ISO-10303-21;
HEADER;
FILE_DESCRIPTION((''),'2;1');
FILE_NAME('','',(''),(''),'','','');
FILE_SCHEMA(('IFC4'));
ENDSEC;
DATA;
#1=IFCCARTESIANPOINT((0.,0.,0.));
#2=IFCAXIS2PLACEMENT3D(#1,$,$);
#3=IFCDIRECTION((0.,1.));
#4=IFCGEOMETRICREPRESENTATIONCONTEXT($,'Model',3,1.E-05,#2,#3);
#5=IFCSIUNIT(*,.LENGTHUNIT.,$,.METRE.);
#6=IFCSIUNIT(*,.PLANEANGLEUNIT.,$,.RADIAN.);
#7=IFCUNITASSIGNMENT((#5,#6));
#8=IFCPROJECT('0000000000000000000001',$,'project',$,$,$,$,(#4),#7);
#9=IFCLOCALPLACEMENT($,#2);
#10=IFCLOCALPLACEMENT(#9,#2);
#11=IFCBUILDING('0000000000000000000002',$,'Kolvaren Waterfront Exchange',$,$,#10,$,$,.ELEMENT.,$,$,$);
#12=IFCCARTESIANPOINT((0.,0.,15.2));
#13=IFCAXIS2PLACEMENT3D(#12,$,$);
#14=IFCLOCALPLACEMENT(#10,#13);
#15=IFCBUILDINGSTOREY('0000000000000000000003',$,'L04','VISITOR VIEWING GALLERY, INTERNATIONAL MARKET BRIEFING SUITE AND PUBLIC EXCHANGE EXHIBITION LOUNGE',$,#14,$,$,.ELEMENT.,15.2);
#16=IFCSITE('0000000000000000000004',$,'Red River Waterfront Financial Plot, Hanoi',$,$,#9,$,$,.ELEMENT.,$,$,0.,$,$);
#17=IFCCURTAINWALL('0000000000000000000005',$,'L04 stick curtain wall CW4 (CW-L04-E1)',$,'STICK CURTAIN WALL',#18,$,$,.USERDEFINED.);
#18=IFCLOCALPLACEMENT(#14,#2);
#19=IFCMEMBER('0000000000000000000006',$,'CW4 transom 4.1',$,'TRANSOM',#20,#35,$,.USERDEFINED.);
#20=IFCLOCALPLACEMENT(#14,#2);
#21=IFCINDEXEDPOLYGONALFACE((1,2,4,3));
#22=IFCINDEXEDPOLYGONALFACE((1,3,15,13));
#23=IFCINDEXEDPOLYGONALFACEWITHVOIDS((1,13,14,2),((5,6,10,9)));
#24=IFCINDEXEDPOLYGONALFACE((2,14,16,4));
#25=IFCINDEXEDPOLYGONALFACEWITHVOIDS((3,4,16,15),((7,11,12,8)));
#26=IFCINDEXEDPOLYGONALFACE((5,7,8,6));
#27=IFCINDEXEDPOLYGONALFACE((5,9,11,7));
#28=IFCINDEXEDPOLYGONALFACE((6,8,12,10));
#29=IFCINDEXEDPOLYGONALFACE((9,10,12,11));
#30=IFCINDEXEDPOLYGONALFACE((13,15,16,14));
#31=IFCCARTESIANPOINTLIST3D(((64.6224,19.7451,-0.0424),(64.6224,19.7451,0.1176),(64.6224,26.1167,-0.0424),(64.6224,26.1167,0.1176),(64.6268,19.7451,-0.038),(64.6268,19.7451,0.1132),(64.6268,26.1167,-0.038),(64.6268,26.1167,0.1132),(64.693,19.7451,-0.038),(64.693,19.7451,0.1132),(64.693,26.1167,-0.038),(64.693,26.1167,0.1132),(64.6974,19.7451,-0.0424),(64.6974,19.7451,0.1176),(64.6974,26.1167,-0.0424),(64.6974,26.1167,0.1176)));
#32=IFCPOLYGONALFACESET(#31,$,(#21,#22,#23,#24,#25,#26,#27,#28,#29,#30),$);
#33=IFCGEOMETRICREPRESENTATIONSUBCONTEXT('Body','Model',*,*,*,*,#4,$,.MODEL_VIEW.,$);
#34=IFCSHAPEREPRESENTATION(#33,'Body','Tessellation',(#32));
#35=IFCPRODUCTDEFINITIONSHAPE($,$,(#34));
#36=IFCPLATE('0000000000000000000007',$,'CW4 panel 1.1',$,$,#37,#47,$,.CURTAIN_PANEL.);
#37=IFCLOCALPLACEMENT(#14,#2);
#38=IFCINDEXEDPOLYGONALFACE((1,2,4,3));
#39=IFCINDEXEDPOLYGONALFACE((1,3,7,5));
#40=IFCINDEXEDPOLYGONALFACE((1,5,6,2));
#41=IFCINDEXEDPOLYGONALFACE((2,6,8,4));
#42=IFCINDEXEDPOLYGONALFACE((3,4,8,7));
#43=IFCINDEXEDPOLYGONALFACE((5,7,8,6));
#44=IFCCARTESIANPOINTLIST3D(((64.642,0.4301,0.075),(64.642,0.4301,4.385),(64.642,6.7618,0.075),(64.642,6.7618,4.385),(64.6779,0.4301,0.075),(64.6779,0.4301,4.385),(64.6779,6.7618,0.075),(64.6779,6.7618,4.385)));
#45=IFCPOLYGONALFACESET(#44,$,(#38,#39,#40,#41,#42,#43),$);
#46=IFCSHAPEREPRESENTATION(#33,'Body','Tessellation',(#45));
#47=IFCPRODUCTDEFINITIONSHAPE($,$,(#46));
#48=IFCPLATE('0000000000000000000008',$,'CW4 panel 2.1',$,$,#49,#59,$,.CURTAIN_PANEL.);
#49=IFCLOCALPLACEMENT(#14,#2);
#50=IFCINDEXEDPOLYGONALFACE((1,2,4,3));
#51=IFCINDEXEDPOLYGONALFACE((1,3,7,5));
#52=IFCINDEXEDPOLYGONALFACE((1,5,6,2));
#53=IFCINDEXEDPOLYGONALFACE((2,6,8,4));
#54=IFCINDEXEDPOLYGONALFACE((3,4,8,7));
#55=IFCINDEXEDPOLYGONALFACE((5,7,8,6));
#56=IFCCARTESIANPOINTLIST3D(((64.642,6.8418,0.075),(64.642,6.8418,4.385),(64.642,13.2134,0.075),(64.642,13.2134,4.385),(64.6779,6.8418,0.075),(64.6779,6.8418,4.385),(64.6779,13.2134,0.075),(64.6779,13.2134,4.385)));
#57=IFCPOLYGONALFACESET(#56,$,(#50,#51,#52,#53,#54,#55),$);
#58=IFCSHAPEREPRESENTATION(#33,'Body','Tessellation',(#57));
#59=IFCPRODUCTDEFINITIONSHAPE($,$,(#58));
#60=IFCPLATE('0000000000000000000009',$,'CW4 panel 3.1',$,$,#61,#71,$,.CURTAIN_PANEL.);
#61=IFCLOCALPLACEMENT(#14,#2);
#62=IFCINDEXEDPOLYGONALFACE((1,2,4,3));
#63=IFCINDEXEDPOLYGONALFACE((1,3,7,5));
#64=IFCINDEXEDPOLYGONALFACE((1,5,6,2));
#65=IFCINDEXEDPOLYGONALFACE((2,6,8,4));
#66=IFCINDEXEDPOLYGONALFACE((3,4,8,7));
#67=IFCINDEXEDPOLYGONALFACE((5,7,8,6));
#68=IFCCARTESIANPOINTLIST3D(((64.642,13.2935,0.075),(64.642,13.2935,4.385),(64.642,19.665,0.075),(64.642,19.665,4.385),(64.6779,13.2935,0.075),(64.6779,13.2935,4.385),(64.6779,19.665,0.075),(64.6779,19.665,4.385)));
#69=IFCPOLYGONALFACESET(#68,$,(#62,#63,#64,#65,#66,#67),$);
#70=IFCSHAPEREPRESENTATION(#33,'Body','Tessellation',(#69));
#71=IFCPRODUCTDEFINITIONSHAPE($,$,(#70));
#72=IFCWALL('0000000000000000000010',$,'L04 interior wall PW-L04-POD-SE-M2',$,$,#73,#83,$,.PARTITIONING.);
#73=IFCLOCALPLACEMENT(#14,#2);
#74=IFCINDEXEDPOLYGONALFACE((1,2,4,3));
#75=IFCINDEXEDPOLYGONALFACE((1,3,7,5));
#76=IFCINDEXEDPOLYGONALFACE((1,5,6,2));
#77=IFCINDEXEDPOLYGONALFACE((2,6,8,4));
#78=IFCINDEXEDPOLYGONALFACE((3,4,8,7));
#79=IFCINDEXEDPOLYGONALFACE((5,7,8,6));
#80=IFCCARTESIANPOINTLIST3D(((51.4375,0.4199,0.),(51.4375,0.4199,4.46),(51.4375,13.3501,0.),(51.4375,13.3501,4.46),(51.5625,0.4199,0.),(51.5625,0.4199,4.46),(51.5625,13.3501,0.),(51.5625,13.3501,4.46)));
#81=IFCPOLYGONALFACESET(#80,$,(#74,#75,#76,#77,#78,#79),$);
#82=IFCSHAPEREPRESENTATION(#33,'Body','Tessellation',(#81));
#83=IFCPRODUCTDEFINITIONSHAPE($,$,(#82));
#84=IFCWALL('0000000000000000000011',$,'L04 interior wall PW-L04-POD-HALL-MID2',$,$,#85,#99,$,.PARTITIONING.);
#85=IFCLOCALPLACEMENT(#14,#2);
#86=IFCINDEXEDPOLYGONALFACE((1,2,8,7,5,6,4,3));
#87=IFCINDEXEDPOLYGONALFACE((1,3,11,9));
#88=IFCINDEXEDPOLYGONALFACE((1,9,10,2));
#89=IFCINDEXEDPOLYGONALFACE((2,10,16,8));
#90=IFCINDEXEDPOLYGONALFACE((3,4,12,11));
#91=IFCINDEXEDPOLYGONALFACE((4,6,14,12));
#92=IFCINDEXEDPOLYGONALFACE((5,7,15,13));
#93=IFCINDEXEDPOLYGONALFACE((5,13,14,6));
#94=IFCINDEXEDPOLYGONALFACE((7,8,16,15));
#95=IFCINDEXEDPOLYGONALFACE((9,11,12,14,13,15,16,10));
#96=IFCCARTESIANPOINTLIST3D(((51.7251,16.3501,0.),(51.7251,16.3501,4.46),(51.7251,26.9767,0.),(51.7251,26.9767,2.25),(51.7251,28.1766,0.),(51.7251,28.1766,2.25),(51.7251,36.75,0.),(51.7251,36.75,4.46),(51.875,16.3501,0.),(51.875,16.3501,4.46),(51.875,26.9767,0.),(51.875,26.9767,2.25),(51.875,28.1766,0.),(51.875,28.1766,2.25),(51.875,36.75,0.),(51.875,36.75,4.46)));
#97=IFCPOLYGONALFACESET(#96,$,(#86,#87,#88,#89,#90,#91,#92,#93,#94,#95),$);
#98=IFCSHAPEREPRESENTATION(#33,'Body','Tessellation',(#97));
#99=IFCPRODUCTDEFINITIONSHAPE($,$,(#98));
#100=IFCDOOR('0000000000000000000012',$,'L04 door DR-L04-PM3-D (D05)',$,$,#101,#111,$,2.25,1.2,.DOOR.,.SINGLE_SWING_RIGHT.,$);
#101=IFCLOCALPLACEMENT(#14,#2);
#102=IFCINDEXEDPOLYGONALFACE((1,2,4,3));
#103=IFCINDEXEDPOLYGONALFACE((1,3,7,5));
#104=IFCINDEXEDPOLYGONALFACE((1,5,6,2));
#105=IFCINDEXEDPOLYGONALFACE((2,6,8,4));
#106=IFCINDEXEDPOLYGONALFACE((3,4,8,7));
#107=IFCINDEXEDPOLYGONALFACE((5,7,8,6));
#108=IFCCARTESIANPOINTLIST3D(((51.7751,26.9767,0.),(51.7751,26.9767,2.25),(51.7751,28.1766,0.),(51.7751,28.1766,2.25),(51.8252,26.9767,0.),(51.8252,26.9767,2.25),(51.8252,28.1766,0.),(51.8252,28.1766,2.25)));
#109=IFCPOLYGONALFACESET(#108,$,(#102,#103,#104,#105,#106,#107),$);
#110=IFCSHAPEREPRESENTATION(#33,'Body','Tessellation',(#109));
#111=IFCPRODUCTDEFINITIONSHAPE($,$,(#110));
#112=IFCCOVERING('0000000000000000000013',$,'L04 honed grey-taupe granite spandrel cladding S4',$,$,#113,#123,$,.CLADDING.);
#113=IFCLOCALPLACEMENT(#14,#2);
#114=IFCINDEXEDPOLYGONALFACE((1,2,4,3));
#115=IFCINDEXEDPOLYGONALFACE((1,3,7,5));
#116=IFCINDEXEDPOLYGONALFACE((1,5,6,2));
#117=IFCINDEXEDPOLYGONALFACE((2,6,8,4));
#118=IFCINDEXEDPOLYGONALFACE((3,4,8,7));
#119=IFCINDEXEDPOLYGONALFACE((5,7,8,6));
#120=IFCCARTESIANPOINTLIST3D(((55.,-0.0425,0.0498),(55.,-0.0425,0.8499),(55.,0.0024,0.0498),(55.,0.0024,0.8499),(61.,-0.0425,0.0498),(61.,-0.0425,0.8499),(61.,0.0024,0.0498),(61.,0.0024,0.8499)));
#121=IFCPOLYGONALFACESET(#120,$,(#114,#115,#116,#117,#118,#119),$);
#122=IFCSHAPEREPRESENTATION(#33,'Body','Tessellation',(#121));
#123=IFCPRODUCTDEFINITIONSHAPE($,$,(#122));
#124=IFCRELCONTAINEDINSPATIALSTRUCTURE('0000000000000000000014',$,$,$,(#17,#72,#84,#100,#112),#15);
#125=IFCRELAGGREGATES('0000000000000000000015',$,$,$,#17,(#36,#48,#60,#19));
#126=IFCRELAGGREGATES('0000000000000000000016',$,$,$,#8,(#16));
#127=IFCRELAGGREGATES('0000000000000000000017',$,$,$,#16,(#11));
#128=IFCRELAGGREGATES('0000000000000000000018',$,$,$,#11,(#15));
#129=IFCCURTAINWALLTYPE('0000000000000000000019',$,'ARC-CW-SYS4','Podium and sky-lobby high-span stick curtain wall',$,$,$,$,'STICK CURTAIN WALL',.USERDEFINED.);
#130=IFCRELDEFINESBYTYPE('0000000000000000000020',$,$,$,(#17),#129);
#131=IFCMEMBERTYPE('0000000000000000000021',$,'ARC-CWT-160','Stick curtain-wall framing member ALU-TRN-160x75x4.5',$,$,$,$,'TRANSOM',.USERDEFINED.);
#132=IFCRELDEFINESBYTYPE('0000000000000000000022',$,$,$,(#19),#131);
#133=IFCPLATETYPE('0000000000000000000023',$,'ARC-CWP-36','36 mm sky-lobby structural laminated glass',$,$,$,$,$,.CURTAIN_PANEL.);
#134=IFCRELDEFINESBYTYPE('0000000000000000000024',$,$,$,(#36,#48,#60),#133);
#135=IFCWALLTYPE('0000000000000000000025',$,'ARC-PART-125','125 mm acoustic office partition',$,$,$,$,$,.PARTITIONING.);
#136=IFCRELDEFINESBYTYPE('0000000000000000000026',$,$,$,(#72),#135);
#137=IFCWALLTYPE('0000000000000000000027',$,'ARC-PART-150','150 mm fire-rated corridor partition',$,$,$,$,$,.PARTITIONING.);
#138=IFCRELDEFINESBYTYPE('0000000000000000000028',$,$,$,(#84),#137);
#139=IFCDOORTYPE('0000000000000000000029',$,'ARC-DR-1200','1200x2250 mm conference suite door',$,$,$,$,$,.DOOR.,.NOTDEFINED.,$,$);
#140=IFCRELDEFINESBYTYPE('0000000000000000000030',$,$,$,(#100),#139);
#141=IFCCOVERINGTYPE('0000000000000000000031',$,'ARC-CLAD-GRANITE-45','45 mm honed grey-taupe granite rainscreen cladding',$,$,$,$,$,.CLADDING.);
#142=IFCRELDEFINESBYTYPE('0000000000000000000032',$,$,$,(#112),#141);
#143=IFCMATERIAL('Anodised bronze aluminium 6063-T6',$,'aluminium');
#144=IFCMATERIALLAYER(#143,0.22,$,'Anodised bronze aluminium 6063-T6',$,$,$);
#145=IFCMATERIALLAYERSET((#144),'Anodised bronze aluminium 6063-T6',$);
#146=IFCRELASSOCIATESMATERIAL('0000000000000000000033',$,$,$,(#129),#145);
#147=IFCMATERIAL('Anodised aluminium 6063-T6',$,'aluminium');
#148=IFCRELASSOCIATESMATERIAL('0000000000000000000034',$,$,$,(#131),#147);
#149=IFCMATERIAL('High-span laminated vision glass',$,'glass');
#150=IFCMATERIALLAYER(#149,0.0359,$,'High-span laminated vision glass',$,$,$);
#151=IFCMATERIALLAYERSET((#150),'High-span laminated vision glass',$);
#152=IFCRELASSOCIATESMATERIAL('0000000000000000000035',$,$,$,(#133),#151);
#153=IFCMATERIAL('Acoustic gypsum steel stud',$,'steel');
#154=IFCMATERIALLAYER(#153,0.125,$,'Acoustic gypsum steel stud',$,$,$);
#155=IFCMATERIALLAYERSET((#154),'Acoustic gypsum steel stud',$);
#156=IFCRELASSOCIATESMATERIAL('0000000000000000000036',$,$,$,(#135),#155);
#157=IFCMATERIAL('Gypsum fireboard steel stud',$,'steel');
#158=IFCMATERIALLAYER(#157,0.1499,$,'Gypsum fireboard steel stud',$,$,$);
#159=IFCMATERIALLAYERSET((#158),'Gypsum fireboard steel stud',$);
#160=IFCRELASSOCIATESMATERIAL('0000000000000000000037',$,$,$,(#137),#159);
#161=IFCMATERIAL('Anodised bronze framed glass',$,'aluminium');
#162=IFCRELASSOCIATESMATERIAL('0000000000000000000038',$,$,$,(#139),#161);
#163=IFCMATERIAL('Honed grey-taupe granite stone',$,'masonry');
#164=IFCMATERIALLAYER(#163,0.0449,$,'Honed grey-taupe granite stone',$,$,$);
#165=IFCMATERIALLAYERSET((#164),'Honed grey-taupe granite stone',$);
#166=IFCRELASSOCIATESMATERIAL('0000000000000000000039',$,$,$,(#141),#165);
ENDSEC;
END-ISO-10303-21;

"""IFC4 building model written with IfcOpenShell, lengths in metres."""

from ifc_helpers import new_model, si_unit, direction, frame, frame_2d, origin, origin_with_axes, origin_2d, place, context, subcontext, project, spatial, rectangle, hollow_rectangle, extrude, source, transform, mapped, material, layer, layer_set, material_profile, profile_set, type_object, element, fill, aggregate, save


model = new_model("IFC4")

# Units and contexts
model_context = context("Model", 3, precision=1e-05, world=origin(), true_north=direction((0.0, 1.0)))
body_context = subcontext(model_context, "Body", "Model", "MODEL_VIEW")
ifc_project = project(units=[si_unit("LENGTHUNIT", "METRE"), si_unit("PLANEANGLEUNIT", "RADIAN")], contexts=[model_context])

# Site, building, storey
site_placement = place(None, origin())
site = spatial("IfcSite", under=ifc_project, at=site_placement, Name="Red River Waterfront Financial Plot, Hanoi", CompositionType="ELEMENT", RefElevation=0.0)
building_placement = place(site_placement, origin())
building = spatial("IfcBuilding", under=site, at=building_placement, Name="Kolvaren Waterfront Exchange", CompositionType="ELEMENT")
storey_placement = place(building_placement, frame((0.0, 0.0, 15.2)))
storey = spatial("IfcBuildingStorey", under=building, at=storey_placement, Name="L04", Description="VISITOR VIEWING GALLERY, INTERNATIONAL MARKET BRIEFING SUITE AND PUBLIC EXCHANGE EXHIBITION LOUNGE", CompositionType="ELEMENT", Elevation=15.2)

# Curtain wall, member, plates
ifc_material_1 = material(Name="Anodised bronze aluminium 6063-T6", Category="aluminium")
ifc_layer_1 = layer(ifc_material_1, 0.22, Name="Anodised bronze aluminium 6063-T6")
ifc_layer_set_1 = layer_set([ifc_layer_1], Name="Anodised bronze aluminium 6063-T6")
curtain_wall_type = type_object("IfcCurtainWallType", Name="ARC-CW-SYS4", Description="Podium and sky-lobby high-span stick curtain wall", ElementType="STICK CURTAIN WALL", PredefinedType="USERDEFINED", material=ifc_layer_set_1)
curtain_wall_placement = place(storey_placement, origin())
curtain_wall = element("IfcCurtainWall", 1, at=curtain_wall_placement, inside=storey, type_object=curtain_wall_type, Name="L04 stick curtain wall CW4 (CW-L04-E1)", ObjectType="STICK CURTAIN WALL", PredefinedType="USERDEFINED")
ifc_material_2 = material(Name="Anodised aluminium 6063-T6", Category="aluminium")
ifc_material_profile_1 = material_profile(ifc_material_2, hollow_rectangle(XDim=0.075, YDim=0.1599, WallThickness=0.0044, at=origin_2d()), Name="ALU-TRN-160x75x4.5")
ifc_profile_set_1 = profile_set([ifc_material_profile_1], Name="Anodised aluminium 6063-T6")
member_type_1 = type_object("IfcMemberType", Name="ARC-CWT-160", Description="Stick curtain-wall framing member ALU-TRN-160x75x4.5", ElementType="TRANSOM", PredefinedType="USERDEFINED", material=ifc_profile_set_1)
shared_shape_1 = source(origin_with_axes(), body_context, "Body", "SweptSolid", [
    extrude(hollow_rectangle(XDim=0.075, YDim=0.1599, WallThickness=0.0044, at=origin_2d()), origin(), (0.0, 0.0, 1.0), 6.3716),
])
member_1_placement = place(storey_placement, frame((64.6599, 19.7451, 0.0376), z_axis=(0.0, 1.0, 0.0), x_axis=(-1.0, 0.0, 0.0)))
member_1 = element("IfcMember", 2, at=member_1_placement, type_object=member_type_1, Name="CW4 transom 4.1", ObjectType="TRANSOM", PredefinedType="USERDEFINED", context=body_context, shape_type="MappedRepresentation", body=[
    mapped(shared_shape_1, transform((0.0, 0.0, 0.0), x_axis=(1.0, 0.0, 0.0), y_axis=(0.0, 1.0, 0.0), z_axis=(0.0, 0.0, 1.0), scale=1.0)),
])
ifc_material_3 = material(Name="High-span laminated vision glass", Category="glass")
ifc_layer_2 = layer(ifc_material_3, 0.0359, Name="High-span laminated vision glass")
ifc_layer_set_2 = layer_set([ifc_layer_2], Name="High-span laminated vision glass")
plate_type = type_object("IfcPlateType", Name="ARC-CWP-36", Description="36 mm sky-lobby structural laminated glass", PredefinedType="CURTAIN_PANEL", material=ifc_layer_set_2)
shared_shape_2 = source(origin_with_axes(), body_context, "Body", "SweptSolid", [
    extrude(rectangle(XDim=6.3318, YDim=0.0359, at=origin_2d()), origin(), (0.0, 0.0, 1.0), 4.3101),
])
plate_1_placement = place(storey_placement, frame((64.6599, 3.5959, 0.075), z_axis=(0.0, 0.0, 1.0), x_axis=(0.0, 1.0, 0.0)))
plate_1 = element("IfcPlate", 3, at=plate_1_placement, type_object=plate_type, Name="CW4 panel 1.1", PredefinedType="CURTAIN_PANEL", context=body_context, shape_type="MappedRepresentation", body=[
    mapped(shared_shape_2, transform((0.0, 0.0, 0.0), x_axis=(1.0, 0.0, 0.0), y_axis=(0.0, 1.0, 0.0), z_axis=(0.0, 0.0, 1.0), scale=1.0)),
])
shared_shape_3 = source(origin_with_axes(), body_context, "Body", "SweptSolid", [
    extrude(rectangle(XDim=6.3716, YDim=0.0359, at=origin_2d()), origin(), (0.0, 0.0, 1.0), 4.3101),
])
plate_2_placement = place(storey_placement, frame((64.6599, 10.0276, 0.075), z_axis=(0.0, 0.0, 1.0), x_axis=(0.0, 1.0, 0.0)))
plate_2 = element("IfcPlate", 4, at=plate_2_placement, type_object=plate_type, Name="CW4 panel 2.1", PredefinedType="CURTAIN_PANEL", context=body_context, shape_type="MappedRepresentation", body=[
    mapped(shared_shape_3, transform((0.0, 0.0, 0.0), x_axis=(1.0, 0.0, 0.0), y_axis=(0.0, 1.0, 0.0), z_axis=(0.0, 0.0, 1.0), scale=1.0)),
])
plate_3_placement = place(storey_placement, frame((64.6599, 16.4792, 0.075), z_axis=(0.0, 0.0, 1.0), x_axis=(0.0, 1.0, 0.0)))
plate_3 = element("IfcPlate", 5, at=plate_3_placement, type_object=plate_type, Name="CW4 panel 3.1", PredefinedType="CURTAIN_PANEL", context=body_context, shape_type="MappedRepresentation", body=[
    mapped(shared_shape_3, transform((0.0, 0.0, 0.0), x_axis=(1.0, 0.0, 0.0), y_axis=(0.0, 1.0, 0.0), z_axis=(0.0, 0.0, 1.0), scale=1.0)),
])
aggregate(curtain_wall, [plate_1, plate_2, plate_3, member_1])

# Wall
ifc_material_4 = material(Name="Acoustic gypsum steel stud", Category="steel")
ifc_layer_3 = layer(ifc_material_4, 0.125, Name="Acoustic gypsum steel stud")
ifc_layer_set_3 = layer_set([ifc_layer_3], Name="Acoustic gypsum steel stud")
wall_type_1 = type_object("IfcWallType", Name="ARC-PART-125", Description="125 mm acoustic office partition", PredefinedType="PARTITIONING", material=ifc_layer_set_3)
wall_1_placement = place(storey_placement, frame((51.5, 0.4199, 0.0), z_axis=(0.0, 0.0, 1.0), x_axis=(0.0, 1.0, 0.0)))
element("IfcWall", 6, at=wall_1_placement, inside=storey, type_object=wall_type_1, Name="L04 interior wall PW-L04-POD-SE-M2", PredefinedType="PARTITIONING", context=body_context, shape_type="SweptSolid", body=[
    extrude(rectangle(XDim=12.9302, YDim=0.125, at=frame_2d((6.4651, 0.0))), origin(), (0.0, 0.0, 1.0), 4.46),
])

# Wall, opening, door
ifc_material_5 = material(Name="Gypsum fireboard steel stud", Category="steel")
ifc_layer_4 = layer(ifc_material_5, 0.1499, Name="Gypsum fireboard steel stud")
ifc_layer_set_4 = layer_set([ifc_layer_4], Name="Gypsum fireboard steel stud")
wall_type_2 = type_object("IfcWallType", Name="ARC-PART-150", Description="150 mm fire-rated corridor partition", PredefinedType="PARTITIONING", material=ifc_layer_set_4)
wall_2_placement = place(storey_placement, frame((51.8, 16.3501, 0.0), z_axis=(0.0, 0.0, 1.0), x_axis=(0.0, 1.0, 0.0)))
wall_2 = element("IfcWall", 7, at=wall_2_placement, inside=storey, type_object=wall_type_2, Name="L04 interior wall PW-L04-POD-HALL-MID2", PredefinedType="PARTITIONING", context=body_context, shape_type="SweptSolid", body=[
    extrude(rectangle(XDim=20.3999, YDim=0.1499, at=frame_2d((10.2, 0.0))), origin(), (0.0, 0.0, 1.0), 4.46),
])
opening_placement = place(wall_2_placement, frame((10.6265, 0.0, 0.0)))
opening = element("IfcOpeningElement", 8, at=opening_placement, cuts=wall_2, PredefinedType="OPENING", context=body_context, shape_type="SweptSolid", body=[
    extrude(rectangle(XDim=1.2, YDim=2.25, at=frame_2d((0.6001, 1.125))), frame((0.0, 0.085, 0.0), z_axis=(0.0, -1.0, 0.0), x_axis=(1.0, 0.0, 0.0)), (0.0, 0.0, 1.0), 0.1699),
])
ifc_material_6 = material(Name="Anodised bronze framed glass", Category="aluminium")
door_type = type_object("IfcDoorType", Name="ARC-DR-1200", Description="1200x2250 mm conference suite door", OperationType="NOTDEFINED", PredefinedType="DOOR", material=ifc_material_6)
door_placement = place(opening_placement, origin())
door = element("IfcDoor", 9, at=door_placement, inside=storey, type_object=door_type, Name="L04 door DR-L04-PM3-D (D05)", OperationType="SINGLE_SWING_RIGHT", OverallHeight=2.25, OverallWidth=1.2, PredefinedType="DOOR", context=body_context, shape_type="SweptSolid", body=[
    extrude(rectangle(XDim=1.2, YDim=2.25, at=frame_2d((0.6001, 1.125))), frame((0.0, 0.0249, 0.0), z_axis=(0.0, -1.0, 0.0), x_axis=(1.0, 0.0, 0.0)), (0.0, 0.0, 1.0), 0.05),
])
fill(opening, door)

# Covering
ifc_material_7 = material(Name="Honed grey-taupe granite stone", Category="masonry")
ifc_layer_5 = layer(ifc_material_7, 0.0449, Name="Honed grey-taupe granite stone")
ifc_layer_set_5 = layer_set([ifc_layer_5], Name="Honed grey-taupe granite stone")
covering_type = type_object("IfcCoveringType", Name="ARC-CLAD-GRANITE-45", Description="45 mm honed grey-taupe granite rainscreen cladding", PredefinedType="CLADDING", material=ifc_layer_set_5)
covering_placement = place(storey_placement, frame((58.0, -0.02, 0.0498), z_axis=(0.0, 0.0, 1.0), x_axis=(1.0, 0.0, 0.0)))
element("IfcCovering", 10, at=covering_placement, inside=storey, type_object=covering_type, Name="L04 honed grey-taupe granite spandrel cladding S4", PredefinedType="CLADDING", context=body_context, shape_type="SweptSolid", body=[
    extrude(rectangle(XDim=6.0, YDim=0.0449, at=origin_2d()), origin(), (0.0, 0.0, 1.0), 0.8),
])

save(model, "model.ifc")
